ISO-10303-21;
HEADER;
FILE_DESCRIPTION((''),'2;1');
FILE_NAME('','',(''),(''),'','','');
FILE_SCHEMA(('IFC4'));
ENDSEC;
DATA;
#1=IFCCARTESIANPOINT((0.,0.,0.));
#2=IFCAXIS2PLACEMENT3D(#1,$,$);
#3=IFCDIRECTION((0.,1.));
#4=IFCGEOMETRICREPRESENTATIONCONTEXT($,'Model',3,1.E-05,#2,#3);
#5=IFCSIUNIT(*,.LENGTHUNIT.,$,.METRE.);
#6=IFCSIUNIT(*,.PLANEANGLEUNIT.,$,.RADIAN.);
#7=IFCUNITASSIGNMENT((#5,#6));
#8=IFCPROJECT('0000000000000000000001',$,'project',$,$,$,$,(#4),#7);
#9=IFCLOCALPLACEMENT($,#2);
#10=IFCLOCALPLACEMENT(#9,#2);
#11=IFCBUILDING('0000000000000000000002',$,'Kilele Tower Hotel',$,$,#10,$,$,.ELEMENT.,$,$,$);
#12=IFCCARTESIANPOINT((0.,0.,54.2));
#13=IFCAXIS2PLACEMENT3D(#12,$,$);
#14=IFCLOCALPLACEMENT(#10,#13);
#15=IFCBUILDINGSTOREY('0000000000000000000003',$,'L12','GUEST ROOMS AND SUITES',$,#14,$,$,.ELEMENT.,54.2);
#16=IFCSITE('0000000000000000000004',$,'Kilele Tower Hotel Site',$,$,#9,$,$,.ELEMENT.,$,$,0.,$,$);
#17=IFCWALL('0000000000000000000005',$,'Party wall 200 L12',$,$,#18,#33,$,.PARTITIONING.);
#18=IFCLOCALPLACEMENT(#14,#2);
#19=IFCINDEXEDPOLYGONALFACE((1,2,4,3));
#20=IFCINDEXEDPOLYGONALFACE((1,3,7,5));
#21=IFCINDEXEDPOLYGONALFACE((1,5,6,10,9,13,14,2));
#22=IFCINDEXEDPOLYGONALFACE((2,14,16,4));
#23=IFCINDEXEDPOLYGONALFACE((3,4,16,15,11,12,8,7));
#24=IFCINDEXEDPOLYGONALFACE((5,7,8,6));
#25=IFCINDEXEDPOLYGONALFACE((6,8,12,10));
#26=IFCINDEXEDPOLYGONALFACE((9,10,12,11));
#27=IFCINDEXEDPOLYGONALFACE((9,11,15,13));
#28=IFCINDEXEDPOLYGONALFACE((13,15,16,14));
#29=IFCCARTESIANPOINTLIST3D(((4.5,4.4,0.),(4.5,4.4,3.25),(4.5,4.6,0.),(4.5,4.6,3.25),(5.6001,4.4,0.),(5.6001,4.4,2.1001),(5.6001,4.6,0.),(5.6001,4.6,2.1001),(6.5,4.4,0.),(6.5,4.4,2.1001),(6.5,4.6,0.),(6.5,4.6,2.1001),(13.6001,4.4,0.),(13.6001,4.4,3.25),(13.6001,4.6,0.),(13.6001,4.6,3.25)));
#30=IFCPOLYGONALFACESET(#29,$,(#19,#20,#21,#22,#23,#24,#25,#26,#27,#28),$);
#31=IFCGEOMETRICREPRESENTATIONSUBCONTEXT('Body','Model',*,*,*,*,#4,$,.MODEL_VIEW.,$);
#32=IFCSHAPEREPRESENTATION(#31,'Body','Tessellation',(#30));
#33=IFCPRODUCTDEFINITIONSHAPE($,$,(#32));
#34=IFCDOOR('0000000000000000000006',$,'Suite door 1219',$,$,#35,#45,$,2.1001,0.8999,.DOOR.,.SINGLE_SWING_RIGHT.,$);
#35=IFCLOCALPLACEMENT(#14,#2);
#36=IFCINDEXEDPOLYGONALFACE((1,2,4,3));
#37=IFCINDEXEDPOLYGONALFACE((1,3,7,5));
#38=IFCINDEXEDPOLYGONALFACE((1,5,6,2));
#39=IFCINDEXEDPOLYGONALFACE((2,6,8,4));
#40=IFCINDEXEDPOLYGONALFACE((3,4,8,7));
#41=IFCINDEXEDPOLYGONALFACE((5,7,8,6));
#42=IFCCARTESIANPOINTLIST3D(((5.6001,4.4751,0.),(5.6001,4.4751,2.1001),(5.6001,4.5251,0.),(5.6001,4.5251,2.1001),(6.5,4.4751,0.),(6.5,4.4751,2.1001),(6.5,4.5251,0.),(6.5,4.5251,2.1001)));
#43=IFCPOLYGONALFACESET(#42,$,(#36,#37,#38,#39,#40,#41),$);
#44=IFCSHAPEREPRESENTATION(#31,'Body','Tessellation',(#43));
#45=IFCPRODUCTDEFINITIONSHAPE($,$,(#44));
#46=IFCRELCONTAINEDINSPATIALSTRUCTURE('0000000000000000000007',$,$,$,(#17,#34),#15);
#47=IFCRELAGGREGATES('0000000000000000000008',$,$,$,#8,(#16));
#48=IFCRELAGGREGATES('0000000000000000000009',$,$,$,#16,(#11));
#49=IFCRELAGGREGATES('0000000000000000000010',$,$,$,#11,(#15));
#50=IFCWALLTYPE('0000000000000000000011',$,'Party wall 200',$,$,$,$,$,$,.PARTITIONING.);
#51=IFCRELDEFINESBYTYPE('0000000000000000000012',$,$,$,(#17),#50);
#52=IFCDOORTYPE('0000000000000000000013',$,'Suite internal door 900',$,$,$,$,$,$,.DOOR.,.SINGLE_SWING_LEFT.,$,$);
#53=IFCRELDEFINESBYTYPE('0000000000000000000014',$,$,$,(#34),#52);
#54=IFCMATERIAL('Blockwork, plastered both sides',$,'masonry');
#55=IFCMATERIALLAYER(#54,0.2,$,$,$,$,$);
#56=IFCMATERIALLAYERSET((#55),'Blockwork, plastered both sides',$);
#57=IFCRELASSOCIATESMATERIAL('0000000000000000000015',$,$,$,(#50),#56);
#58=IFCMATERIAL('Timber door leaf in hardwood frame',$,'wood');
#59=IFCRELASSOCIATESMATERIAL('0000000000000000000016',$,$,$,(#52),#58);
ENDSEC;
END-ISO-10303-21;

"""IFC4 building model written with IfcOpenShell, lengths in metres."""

from ifc_helpers import new_model, si_unit, direction, frame, frame_2d, origin, place, context, subcontext, project, spatial, rectangle, extrude, material, layer, layer_set, type_object, element, fill, save


model = new_model("IFC4")

# Units and contexts
model_context = context("Model", 3, precision=1e-05, world=origin(), true_north=direction((0.0, 1.0)))
body_context = subcontext(model_context, "Body", "Model", "MODEL_VIEW")
ifc_project = project(units=[si_unit("LENGTHUNIT", "METRE"), si_unit("PLANEANGLEUNIT", "RADIAN")], contexts=[model_context])

# Site, building, storey
site_placement = place(None, origin())
site = spatial("IfcSite", under=ifc_project, at=site_placement, Name="Kilele Tower Hotel Site", CompositionType="ELEMENT", RefElevation=0.0)
building_placement = place(site_placement, origin())
building = spatial("IfcBuilding", under=site, at=building_placement, Name="Kilele Tower Hotel", CompositionType="ELEMENT")
storey_placement = place(building_placement, frame((0.0, 0.0, 54.2)))
storey = spatial("IfcBuildingStorey", under=building, at=storey_placement, Name="L12", Description="GUEST ROOMS AND SUITES", CompositionType="ELEMENT", Elevation=54.2)

# Wall, opening, door
ifc_material_1 = material(Name="Blockwork, plastered both sides", Category="masonry")
ifc_layer_1 = layer(ifc_material_1, 0.2)
ifc_layer_set_1 = layer_set([ifc_layer_1], Name="Blockwork, plastered both sides")
wall_type_1 = type_object("IfcWallType", Name="Party wall 200", PredefinedType="PARTITIONING", material=ifc_layer_set_1)
wall_1_placement = place(storey_placement, frame((13.6001, 4.5, 0.0), z_axis=(0.0, 0.0, 1.0), x_axis=(-1.0, 0.0, 0.0)))
wall_1 = element("IfcWall", 1, at=wall_1_placement, inside=storey, type_object=wall_type_1, Name="Party wall 200 L12", PredefinedType="PARTITIONING", context=body_context, shape_type="SweptSolid", body=[
    extrude(rectangle(XDim=9.1001, YDim=0.2, at=frame_2d((4.55, 0.0))), origin(), (0.0, 0.0, 1.0), 3.25),
])
opening_1_placement = place(wall_1_placement, frame((7.1001, 0.0, 0.0)))
opening_1 = element("IfcOpeningElement", 2, at=opening_1_placement, cuts=wall_1, PredefinedType="OPENING", context=body_context, shape_type="SweptSolid", body=[
    extrude(rectangle(XDim=0.8999, YDim=2.1001, at=frame_2d((0.45, 1.05))), frame((0.0, 0.1099, 0.0), z_axis=(0.0, -1.0, 0.0), x_axis=(1.0, 0.0, 0.0)), (0.0, 0.0, 1.0), 0.22),
])
ifc_material_2 = material(Name="Timber door leaf in hardwood frame", Category="wood")
door_type_1 = type_object("IfcDoorType", Name="Suite internal door 900", OperationType="SINGLE_SWING_LEFT", PredefinedType="DOOR", material=ifc_material_2)
door_1_placement = place(opening_1_placement, origin())
door_1 = element("IfcDoor", 3, at=door_1_placement, inside=storey, type_object=door_type_1, Name="Suite door 1219", OperationType="SINGLE_SWING_RIGHT", OverallHeight=2.1001, OverallWidth=0.8999, PredefinedType="DOOR", context=body_context, shape_type="SweptSolid", body=[
    extrude(rectangle(XDim=0.8999, YDim=2.1001, at=frame_2d((0.45, 1.05))), frame((0.0, 0.0249, 0.0), z_axis=(0.0, -1.0, 0.0), x_axis=(1.0, 0.0, 0.0)), (0.0, 0.0, 1.0), 0.05),
])
fill(opening_1, door_1)

save(model, "model.ifc")
